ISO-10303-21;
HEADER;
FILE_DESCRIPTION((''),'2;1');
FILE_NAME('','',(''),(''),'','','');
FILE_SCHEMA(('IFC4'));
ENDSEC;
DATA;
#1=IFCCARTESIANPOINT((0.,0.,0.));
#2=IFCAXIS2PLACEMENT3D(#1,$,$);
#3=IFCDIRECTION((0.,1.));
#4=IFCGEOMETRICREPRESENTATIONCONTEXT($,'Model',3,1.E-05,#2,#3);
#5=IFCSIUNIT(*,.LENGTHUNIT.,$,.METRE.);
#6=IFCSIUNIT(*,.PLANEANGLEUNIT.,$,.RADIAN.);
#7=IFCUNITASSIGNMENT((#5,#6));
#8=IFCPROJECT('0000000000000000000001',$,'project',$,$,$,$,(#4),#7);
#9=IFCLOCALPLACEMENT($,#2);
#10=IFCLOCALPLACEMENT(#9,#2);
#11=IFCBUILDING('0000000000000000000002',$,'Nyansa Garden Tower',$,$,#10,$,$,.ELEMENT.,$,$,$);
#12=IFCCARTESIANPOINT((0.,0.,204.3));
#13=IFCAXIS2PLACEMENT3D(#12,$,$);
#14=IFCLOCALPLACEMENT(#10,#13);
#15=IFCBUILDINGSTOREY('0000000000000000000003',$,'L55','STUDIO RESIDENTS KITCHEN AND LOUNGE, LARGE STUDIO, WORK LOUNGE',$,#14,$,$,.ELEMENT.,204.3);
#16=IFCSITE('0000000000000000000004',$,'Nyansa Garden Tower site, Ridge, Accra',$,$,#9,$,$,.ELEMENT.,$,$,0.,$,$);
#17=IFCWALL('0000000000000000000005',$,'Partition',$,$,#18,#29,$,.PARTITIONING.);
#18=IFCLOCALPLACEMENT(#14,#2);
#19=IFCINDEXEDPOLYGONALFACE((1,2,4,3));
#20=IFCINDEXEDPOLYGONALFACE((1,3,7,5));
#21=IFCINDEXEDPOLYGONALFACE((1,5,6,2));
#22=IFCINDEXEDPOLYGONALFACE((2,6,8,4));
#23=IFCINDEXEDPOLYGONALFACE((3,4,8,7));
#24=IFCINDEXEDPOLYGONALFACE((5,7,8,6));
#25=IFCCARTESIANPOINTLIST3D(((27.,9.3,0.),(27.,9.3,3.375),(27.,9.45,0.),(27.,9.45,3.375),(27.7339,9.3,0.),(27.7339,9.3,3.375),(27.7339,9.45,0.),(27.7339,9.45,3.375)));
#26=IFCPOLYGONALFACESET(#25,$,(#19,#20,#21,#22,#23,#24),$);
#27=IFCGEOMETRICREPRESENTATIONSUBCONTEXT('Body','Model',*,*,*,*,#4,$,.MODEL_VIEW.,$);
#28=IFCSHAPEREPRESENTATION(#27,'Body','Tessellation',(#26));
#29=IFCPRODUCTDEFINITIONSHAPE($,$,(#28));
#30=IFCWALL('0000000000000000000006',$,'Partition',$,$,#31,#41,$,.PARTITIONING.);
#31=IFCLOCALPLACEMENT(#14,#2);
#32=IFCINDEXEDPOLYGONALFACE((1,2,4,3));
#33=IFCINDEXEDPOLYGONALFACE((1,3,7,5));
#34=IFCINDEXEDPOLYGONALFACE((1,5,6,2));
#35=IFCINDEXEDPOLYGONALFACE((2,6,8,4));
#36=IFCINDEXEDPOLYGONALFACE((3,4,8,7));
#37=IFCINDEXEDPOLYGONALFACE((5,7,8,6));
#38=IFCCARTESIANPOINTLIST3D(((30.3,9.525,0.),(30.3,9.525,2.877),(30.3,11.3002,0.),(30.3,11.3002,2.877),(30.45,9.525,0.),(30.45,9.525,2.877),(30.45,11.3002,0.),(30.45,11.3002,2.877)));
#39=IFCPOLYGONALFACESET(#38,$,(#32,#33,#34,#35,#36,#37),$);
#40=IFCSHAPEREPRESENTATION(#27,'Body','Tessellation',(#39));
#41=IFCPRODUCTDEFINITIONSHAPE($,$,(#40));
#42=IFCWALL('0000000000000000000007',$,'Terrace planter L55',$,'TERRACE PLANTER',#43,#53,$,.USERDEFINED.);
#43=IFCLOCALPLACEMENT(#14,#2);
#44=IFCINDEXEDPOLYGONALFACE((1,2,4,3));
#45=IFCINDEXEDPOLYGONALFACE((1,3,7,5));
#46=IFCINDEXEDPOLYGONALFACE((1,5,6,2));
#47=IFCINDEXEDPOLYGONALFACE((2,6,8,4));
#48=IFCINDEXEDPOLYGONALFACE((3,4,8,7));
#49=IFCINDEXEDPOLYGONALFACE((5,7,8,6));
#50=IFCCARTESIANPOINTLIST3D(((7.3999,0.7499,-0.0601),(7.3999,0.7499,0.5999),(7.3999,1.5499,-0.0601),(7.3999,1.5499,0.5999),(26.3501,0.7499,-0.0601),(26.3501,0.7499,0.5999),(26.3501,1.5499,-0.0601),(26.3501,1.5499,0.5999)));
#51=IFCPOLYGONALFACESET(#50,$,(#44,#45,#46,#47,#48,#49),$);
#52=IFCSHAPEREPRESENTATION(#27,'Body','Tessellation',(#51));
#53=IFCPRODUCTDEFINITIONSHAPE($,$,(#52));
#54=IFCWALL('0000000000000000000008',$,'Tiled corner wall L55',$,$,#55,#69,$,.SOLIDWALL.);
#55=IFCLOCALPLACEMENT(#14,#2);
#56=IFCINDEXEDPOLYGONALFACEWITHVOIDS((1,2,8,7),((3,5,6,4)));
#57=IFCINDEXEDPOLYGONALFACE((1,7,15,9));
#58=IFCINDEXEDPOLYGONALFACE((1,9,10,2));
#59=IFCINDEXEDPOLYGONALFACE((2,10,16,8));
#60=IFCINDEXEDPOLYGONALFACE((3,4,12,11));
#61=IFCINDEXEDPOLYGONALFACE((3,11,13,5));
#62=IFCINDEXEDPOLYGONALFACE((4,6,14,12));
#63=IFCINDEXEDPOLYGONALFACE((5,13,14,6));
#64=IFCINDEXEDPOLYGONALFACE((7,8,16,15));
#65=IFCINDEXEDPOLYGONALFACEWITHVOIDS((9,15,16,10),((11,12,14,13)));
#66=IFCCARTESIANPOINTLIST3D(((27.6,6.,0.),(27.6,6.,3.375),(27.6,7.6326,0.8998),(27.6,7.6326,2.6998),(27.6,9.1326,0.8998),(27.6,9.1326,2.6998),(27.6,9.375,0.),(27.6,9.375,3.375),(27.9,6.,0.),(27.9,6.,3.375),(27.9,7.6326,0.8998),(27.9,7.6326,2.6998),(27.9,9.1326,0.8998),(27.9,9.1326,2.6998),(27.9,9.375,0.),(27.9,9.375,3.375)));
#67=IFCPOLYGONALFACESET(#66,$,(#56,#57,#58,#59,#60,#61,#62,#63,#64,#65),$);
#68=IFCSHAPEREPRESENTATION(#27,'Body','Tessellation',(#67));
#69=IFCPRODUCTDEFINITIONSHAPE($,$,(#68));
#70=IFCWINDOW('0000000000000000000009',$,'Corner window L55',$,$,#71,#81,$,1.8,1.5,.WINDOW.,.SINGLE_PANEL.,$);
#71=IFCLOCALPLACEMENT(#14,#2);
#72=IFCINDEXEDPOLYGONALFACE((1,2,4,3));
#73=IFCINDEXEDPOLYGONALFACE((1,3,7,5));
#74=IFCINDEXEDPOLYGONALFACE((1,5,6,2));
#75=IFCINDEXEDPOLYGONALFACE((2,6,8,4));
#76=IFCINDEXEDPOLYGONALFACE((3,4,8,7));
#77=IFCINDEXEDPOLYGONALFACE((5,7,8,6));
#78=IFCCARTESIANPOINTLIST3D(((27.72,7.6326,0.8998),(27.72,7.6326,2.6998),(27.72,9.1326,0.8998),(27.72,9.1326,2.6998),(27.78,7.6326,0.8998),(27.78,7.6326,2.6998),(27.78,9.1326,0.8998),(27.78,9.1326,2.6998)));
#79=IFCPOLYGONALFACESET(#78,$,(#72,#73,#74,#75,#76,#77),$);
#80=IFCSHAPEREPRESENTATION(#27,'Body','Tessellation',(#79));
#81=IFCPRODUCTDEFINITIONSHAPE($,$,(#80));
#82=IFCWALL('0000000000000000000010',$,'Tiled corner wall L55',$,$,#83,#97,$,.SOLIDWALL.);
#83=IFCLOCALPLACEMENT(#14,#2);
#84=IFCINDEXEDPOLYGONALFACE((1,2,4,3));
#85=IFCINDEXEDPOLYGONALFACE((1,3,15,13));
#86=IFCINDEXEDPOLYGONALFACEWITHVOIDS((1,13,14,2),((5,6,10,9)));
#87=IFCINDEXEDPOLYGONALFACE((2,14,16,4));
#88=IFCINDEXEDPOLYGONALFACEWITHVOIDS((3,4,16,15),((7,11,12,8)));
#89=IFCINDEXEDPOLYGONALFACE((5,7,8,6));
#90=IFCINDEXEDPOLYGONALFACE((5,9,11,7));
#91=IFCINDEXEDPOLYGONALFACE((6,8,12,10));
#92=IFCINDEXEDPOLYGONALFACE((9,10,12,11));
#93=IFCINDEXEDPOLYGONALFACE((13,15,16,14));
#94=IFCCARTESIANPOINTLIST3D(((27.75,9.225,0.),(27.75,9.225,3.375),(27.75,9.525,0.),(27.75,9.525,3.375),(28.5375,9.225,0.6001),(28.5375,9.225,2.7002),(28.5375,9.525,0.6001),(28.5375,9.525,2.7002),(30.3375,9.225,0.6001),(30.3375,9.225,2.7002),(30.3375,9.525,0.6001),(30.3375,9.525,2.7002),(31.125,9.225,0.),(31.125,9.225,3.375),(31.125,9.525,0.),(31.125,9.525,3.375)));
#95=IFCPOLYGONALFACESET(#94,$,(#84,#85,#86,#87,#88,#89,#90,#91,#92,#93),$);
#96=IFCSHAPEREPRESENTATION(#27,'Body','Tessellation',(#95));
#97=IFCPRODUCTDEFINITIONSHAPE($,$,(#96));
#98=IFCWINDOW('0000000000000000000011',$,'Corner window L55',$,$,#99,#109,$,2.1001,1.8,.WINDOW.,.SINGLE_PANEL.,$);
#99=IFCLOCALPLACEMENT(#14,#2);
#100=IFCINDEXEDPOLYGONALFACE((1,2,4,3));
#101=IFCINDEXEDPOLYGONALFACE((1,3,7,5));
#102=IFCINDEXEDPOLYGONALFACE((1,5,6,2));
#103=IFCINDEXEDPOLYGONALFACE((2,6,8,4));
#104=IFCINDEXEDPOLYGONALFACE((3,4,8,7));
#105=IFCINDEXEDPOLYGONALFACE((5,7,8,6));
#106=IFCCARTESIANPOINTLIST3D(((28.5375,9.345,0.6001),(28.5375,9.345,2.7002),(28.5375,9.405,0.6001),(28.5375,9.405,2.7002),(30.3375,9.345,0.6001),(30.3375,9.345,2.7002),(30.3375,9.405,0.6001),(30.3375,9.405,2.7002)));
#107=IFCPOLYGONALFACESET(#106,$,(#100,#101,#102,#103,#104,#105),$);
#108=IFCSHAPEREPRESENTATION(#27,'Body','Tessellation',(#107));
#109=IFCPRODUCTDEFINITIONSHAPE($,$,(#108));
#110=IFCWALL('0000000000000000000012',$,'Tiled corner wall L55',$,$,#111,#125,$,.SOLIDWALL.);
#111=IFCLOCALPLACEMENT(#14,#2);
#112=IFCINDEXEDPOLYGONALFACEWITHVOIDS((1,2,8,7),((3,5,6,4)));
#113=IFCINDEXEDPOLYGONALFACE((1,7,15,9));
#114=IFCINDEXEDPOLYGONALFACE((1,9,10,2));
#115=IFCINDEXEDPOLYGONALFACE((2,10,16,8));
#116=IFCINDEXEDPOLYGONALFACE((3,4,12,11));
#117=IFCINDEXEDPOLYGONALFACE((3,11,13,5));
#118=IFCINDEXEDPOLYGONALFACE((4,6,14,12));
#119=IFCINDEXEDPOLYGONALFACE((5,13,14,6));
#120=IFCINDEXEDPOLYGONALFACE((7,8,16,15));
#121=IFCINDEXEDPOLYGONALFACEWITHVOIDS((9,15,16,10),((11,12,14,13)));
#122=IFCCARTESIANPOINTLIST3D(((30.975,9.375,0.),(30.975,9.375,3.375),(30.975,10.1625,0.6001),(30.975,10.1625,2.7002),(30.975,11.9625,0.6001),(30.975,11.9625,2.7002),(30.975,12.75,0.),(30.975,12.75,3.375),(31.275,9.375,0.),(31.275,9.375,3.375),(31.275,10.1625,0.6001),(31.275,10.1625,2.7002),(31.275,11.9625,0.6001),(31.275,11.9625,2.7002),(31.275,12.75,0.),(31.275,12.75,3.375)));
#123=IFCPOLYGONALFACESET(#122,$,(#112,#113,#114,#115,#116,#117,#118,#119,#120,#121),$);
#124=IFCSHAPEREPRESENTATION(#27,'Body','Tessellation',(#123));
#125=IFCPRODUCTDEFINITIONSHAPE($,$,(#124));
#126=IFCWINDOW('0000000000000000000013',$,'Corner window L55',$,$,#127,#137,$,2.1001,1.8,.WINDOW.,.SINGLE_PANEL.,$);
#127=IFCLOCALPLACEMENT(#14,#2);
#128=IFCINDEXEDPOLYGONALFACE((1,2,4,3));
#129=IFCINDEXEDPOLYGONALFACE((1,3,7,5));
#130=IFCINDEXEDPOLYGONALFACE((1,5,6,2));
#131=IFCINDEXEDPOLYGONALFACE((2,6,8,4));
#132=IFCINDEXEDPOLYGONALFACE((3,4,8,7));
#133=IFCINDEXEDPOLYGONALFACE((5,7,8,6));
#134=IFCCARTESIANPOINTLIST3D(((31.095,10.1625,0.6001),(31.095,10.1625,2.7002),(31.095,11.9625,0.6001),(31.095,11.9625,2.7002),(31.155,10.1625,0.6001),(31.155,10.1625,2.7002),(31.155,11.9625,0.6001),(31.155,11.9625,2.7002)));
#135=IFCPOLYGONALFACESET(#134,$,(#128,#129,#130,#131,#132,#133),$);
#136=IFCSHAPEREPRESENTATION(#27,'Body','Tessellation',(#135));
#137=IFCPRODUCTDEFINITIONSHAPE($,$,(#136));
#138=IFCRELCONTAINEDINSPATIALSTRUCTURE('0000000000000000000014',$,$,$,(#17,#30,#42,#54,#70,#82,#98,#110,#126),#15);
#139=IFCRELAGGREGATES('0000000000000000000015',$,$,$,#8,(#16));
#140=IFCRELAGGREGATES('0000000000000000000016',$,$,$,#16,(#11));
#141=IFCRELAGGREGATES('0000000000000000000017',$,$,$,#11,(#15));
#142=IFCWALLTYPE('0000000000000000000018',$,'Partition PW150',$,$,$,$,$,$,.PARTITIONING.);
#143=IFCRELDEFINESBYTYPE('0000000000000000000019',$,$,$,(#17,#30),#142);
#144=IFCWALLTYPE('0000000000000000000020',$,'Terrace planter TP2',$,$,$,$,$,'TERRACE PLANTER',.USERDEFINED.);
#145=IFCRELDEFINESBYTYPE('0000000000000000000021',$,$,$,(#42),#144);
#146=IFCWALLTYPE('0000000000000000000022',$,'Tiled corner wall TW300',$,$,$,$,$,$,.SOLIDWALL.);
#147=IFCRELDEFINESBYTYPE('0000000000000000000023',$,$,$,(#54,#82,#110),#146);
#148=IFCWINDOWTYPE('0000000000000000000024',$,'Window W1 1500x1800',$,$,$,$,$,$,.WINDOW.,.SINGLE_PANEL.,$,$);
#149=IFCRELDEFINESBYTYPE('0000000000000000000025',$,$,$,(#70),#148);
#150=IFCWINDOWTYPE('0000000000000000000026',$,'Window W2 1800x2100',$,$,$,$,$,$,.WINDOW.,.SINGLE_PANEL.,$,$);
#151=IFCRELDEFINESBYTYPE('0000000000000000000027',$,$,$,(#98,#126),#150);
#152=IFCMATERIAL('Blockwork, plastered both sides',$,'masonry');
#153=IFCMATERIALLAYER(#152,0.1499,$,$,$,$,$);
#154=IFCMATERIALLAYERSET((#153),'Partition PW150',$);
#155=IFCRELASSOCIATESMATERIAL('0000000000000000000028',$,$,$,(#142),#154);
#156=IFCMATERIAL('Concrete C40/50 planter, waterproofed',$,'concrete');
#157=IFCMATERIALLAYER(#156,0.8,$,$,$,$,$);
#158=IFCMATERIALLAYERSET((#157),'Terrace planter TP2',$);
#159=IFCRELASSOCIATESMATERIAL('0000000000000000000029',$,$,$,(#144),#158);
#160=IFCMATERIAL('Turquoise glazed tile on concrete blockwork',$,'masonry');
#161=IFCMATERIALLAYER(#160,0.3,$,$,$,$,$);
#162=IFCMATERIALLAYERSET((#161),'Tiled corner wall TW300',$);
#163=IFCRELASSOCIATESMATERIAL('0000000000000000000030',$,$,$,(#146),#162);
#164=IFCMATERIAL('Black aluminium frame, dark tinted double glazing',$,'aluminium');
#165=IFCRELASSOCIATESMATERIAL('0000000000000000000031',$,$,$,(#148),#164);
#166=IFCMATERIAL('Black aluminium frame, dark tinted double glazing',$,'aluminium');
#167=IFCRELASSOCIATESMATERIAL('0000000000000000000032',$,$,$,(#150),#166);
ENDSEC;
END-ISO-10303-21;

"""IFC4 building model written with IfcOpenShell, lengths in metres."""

from ifc_helpers import new_model, si_unit, direction, frame, frame_2d, origin, place, context, subcontext, project, spatial, rectangle, extrude, material, layer, layer_set, type_object, element, fill, save


model = new_model("IFC4")

# Units and contexts
model_context = context("Model", 3, precision=1e-05, world=origin(), true_north=direction((0.0, 1.0)))
body_context = subcontext(model_context, "Body", "Model", "MODEL_VIEW")
ifc_project = project(units=[si_unit("LENGTHUNIT", "METRE"), si_unit("PLANEANGLEUNIT", "RADIAN")], contexts=[model_context])

# Site, building, storey
site_placement = place(None, origin())
site = spatial("IfcSite", under=ifc_project, at=site_placement, Name="Nyansa Garden Tower site, Ridge, Accra", CompositionType="ELEMENT", RefElevation=0.0)
building_placement = place(site_placement, origin())
building = spatial("IfcBuilding", under=site, at=building_placement, Name="Nyansa Garden Tower", CompositionType="ELEMENT")
storey_placement = place(building_placement, frame((0.0, 0.0, 204.3)))
storey = spatial("IfcBuildingStorey", under=building, at=storey_placement, Name="L55", Description="STUDIO RESIDENTS KITCHEN AND LOUNGE, LARGE STUDIO, WORK LOUNGE", CompositionType="ELEMENT", Elevation=204.3)

# Walls
ifc_material_1 = material(Name="Blockwork, plastered both sides", Category="masonry")
ifc_layer_1 = layer(ifc_material_1, 0.1499)
ifc_layer_set_1 = layer_set([ifc_layer_1], Name="Partition PW150")
wall_type_1 = type_object("IfcWallType", Name="Partition PW150", PredefinedType="PARTITIONING", material=ifc_layer_set_1)
wall_1_placement = place(storey_placement, frame((27.0, 9.375, 0.0), z_axis=(0.0, 0.0, 1.0), x_axis=(1.0, 0.0, 0.0)))
element("IfcWall", 1, at=wall_1_placement, inside=storey, type_object=wall_type_1, Name="Partition", PredefinedType="PARTITIONING", context=body_context, shape_type="SweptSolid", body=[
    extrude(rectangle(XDim=0.7339, YDim=0.1499, at=frame_2d((0.3669, 0.0))), origin(), (0.0, 0.0, 1.0), 3.375),
])
wall_2_placement = place(storey_placement, frame((30.375, 9.5249, 0.0), z_axis=(0.0, 0.0, 1.0), x_axis=(0.0, 1.0, 0.0)))
element("IfcWall", 2, at=wall_2_placement, inside=storey, type_object=wall_type_1, Name="Partition", PredefinedType="PARTITIONING", context=body_context, shape_type="SweptSolid", body=[
    extrude(rectangle(XDim=1.7751, YDim=0.1499, at=frame_2d((0.8877, 0.0))), origin(), (0.0, 0.0, 1.0), 2.877),
])
ifc_material_2 = material(Name="Concrete C40/50 planter, waterproofed", Category="concrete")
ifc_layer_2 = layer(ifc_material_2, 0.8)
ifc_layer_set_2 = layer_set([ifc_layer_2], Name="Terrace planter TP2")
wall_type_2 = type_object("IfcWallType", Name="Terrace planter TP2", ElementType="TERRACE PLANTER", PredefinedType="USERDEFINED", material=ifc_layer_set_2)
wall_3_placement = place(storey_placement, frame((26.3501, 1.1499, -0.0601), z_axis=(0.0, 0.0, 1.0), x_axis=(-1.0, 0.0, 0.0)))
element("IfcWall", 3, at=wall_3_placement, inside=storey, type_object=wall_type_2, Name="Terrace planter L55", ObjectType="TERRACE PLANTER", PredefinedType="USERDEFINED", context=body_context, shape_type="SweptSolid", body=[
    extrude(rectangle(XDim=18.9502, YDim=0.8, at=frame_2d((9.4751, 0.0))), origin(), (0.0, 0.0, 1.0), 0.6599),
])

# Walls, openings, windows
ifc_material_3 = material(Name="Turquoise glazed tile on concrete blockwork", Category="masonry")
ifc_layer_3 = layer(ifc_material_3, 0.3)
ifc_layer_set_3 = layer_set([ifc_layer_3], Name="Tiled corner wall TW300")
wall_type_3 = type_object("IfcWallType", Name="Tiled corner wall TW300", PredefinedType="SOLIDWALL", material=ifc_layer_set_3)
wall_4_placement = place(storey_placement, frame((27.75, 6.0, 0.0), z_axis=(0.0, 0.0, 1.0), x_axis=(0.0, 1.0, 0.0)))
wall_4 = element("IfcWall", 4, at=wall_4_placement, inside=storey, type_object=wall_type_3, Name="Tiled corner wall L55", PredefinedType="SOLIDWALL", context=body_context, shape_type="SweptSolid", body=[
    extrude(rectangle(XDim=3.375, YDim=0.3, at=frame_2d((1.6875, 0.0))), origin(), (0.0, 0.0, 1.0), 3.375),
])
opening_1_placement = place(wall_4_placement, frame((1.6326, 0.0, 0.8999)))
opening_1 = element("IfcOpeningElement", 5, at=opening_1_placement, cuts=wall_4, PredefinedType="OPENING", context=body_context, shape_type="SweptSolid", body=[
    extrude(rectangle(XDim=1.5, YDim=1.8, at=frame_2d((0.75, 0.8999))), frame((0.0, 0.1599, 0.0), z_axis=(0.0, -1.0, 0.0), x_axis=(1.0, 0.0, 0.0)), (0.0, 0.0, 1.0), 0.3201),
])
ifc_material_4 = material(Name="Black aluminium frame, dark tinted double glazing", Category="aluminium")
window_type_1 = type_object("IfcWindowType", Name="Window W1 1500x1800", PartitioningType="SINGLE_PANEL", PredefinedType="WINDOW", material=ifc_material_4)
window_1_placement = place(opening_1_placement, origin())
window_1 = element("IfcWindow", 6, at=window_1_placement, inside=storey, type_object=window_type_1, Name="Corner window L55", OverallHeight=1.8, OverallWidth=1.5, PartitioningType="SINGLE_PANEL", PredefinedType="WINDOW", context=body_context, shape_type="SweptSolid", body=[
    extrude(rectangle(XDim=1.5, YDim=1.8, at=frame_2d((0.75, 0.8999))), frame((0.0, 0.03, 0.0), z_axis=(0.0, -1.0, 0.0), x_axis=(1.0, 0.0, 0.0)), (0.0, 0.0, 1.0), 0.0601),
])
fill(opening_1, window_1)
wall_5_placement = place(storey_placement, frame((27.75, 9.375, 0.0), z_axis=(0.0, 0.0, 1.0), x_axis=(1.0, 0.0, 0.0)))
wall_5 = element("IfcWall", 7, at=wall_5_placement, inside=storey, type_object=wall_type_3, Name="Tiled corner wall L55", PredefinedType="SOLIDWALL", context=body_context, shape_type="SweptSolid", body=[
    extrude(rectangle(XDim=3.375, YDim=0.3, at=frame_2d((1.6875, 0.0))), origin(), (0.0, 0.0, 1.0), 3.375),
])
opening_2_placement = place(wall_5_placement, frame((0.7876, 0.0, 0.6001)))
opening_2 = element("IfcOpeningElement", 8, at=opening_2_placement, cuts=wall_5, PredefinedType="OPENING", context=body_context, shape_type="SweptSolid", body=[
    extrude(rectangle(XDim=1.8, YDim=2.1001, at=frame_2d((0.8999, 1.05))), frame((0.0, 0.1599, 0.0), z_axis=(0.0, -1.0, 0.0), x_axis=(1.0, 0.0, 0.0)), (0.0, 0.0, 1.0), 0.3201),
])
ifc_material_5 = material(Name="Black aluminium frame, dark tinted double glazing", Category="aluminium")
window_type_2 = type_object("IfcWindowType", Name="Window W2 1800x2100", PartitioningType="SINGLE_PANEL", PredefinedType="WINDOW", material=ifc_material_5)
window_2_placement = place(opening_2_placement, origin())
window_2 = element("IfcWindow", 9, at=window_2_placement, inside=storey, type_object=window_type_2, Name="Corner window L55", OverallHeight=2.1001, OverallWidth=1.8, PartitioningType="SINGLE_PANEL", PredefinedType="WINDOW", context=body_context, shape_type="SweptSolid", body=[
    extrude(rectangle(XDim=1.8, YDim=2.1001, at=frame_2d((0.8999, 1.05))), frame((0.0, 0.03, 0.0), z_axis=(0.0, -1.0, 0.0), x_axis=(1.0, 0.0, 0.0)), (0.0, 0.0, 1.0), 0.0601),
])
fill(opening_2, window_2)
wall_6_placement = place(storey_placement, frame((31.125, 9.375, 0.0), z_axis=(0.0, 0.0, 1.0), x_axis=(0.0, 1.0, 0.0)))
wall_6 = element("IfcWall", 10, at=wall_6_placement, inside=storey, type_object=wall_type_3, Name="Tiled corner wall L55", PredefinedType="SOLIDWALL", context=body_context, shape_type="SweptSolid", body=[
    extrude(rectangle(XDim=3.375, YDim=0.3, at=frame_2d((1.6875, 0.0))), origin(), (0.0, 0.0, 1.0), 3.375),
])
opening_3_placement = place(wall_6_placement, frame((0.7876, 0.0, 0.6001)))
opening_3 = element("IfcOpeningElement", 11, at=opening_3_placement, cuts=wall_6, PredefinedType="OPENING", context=body_context, shape_type="SweptSolid", body=[
    extrude(rectangle(XDim=1.8, YDim=2.1001, at=frame_2d((0.8999, 1.05))), frame((0.0, 0.1599, 0.0), z_axis=(0.0, -1.0, 0.0), x_axis=(1.0, 0.0, 0.0)), (0.0, 0.0, 1.0), 0.3201),
])
window_3_placement = place(opening_3_placement, origin())
window_3 = element("IfcWindow", 12, at=window_3_placement, inside=storey, type_object=window_type_2, Name="Corner window L55", OverallHeight=2.1001, OverallWidth=1.8, PartitioningType="SINGLE_PANEL", PredefinedType="WINDOW", context=body_context, shape_type="SweptSolid", body=[
    extrude(rectangle(XDim=1.8, YDim=2.1001, at=frame_2d((0.8999, 1.05))), frame((0.0, 0.03, 0.0), z_axis=(0.0, -1.0, 0.0), x_axis=(1.0, 0.0, 0.0)), (0.0, 0.0, 1.0), 0.0601),
])
fill(opening_3, window_3)

save(model, "model.ifc")
